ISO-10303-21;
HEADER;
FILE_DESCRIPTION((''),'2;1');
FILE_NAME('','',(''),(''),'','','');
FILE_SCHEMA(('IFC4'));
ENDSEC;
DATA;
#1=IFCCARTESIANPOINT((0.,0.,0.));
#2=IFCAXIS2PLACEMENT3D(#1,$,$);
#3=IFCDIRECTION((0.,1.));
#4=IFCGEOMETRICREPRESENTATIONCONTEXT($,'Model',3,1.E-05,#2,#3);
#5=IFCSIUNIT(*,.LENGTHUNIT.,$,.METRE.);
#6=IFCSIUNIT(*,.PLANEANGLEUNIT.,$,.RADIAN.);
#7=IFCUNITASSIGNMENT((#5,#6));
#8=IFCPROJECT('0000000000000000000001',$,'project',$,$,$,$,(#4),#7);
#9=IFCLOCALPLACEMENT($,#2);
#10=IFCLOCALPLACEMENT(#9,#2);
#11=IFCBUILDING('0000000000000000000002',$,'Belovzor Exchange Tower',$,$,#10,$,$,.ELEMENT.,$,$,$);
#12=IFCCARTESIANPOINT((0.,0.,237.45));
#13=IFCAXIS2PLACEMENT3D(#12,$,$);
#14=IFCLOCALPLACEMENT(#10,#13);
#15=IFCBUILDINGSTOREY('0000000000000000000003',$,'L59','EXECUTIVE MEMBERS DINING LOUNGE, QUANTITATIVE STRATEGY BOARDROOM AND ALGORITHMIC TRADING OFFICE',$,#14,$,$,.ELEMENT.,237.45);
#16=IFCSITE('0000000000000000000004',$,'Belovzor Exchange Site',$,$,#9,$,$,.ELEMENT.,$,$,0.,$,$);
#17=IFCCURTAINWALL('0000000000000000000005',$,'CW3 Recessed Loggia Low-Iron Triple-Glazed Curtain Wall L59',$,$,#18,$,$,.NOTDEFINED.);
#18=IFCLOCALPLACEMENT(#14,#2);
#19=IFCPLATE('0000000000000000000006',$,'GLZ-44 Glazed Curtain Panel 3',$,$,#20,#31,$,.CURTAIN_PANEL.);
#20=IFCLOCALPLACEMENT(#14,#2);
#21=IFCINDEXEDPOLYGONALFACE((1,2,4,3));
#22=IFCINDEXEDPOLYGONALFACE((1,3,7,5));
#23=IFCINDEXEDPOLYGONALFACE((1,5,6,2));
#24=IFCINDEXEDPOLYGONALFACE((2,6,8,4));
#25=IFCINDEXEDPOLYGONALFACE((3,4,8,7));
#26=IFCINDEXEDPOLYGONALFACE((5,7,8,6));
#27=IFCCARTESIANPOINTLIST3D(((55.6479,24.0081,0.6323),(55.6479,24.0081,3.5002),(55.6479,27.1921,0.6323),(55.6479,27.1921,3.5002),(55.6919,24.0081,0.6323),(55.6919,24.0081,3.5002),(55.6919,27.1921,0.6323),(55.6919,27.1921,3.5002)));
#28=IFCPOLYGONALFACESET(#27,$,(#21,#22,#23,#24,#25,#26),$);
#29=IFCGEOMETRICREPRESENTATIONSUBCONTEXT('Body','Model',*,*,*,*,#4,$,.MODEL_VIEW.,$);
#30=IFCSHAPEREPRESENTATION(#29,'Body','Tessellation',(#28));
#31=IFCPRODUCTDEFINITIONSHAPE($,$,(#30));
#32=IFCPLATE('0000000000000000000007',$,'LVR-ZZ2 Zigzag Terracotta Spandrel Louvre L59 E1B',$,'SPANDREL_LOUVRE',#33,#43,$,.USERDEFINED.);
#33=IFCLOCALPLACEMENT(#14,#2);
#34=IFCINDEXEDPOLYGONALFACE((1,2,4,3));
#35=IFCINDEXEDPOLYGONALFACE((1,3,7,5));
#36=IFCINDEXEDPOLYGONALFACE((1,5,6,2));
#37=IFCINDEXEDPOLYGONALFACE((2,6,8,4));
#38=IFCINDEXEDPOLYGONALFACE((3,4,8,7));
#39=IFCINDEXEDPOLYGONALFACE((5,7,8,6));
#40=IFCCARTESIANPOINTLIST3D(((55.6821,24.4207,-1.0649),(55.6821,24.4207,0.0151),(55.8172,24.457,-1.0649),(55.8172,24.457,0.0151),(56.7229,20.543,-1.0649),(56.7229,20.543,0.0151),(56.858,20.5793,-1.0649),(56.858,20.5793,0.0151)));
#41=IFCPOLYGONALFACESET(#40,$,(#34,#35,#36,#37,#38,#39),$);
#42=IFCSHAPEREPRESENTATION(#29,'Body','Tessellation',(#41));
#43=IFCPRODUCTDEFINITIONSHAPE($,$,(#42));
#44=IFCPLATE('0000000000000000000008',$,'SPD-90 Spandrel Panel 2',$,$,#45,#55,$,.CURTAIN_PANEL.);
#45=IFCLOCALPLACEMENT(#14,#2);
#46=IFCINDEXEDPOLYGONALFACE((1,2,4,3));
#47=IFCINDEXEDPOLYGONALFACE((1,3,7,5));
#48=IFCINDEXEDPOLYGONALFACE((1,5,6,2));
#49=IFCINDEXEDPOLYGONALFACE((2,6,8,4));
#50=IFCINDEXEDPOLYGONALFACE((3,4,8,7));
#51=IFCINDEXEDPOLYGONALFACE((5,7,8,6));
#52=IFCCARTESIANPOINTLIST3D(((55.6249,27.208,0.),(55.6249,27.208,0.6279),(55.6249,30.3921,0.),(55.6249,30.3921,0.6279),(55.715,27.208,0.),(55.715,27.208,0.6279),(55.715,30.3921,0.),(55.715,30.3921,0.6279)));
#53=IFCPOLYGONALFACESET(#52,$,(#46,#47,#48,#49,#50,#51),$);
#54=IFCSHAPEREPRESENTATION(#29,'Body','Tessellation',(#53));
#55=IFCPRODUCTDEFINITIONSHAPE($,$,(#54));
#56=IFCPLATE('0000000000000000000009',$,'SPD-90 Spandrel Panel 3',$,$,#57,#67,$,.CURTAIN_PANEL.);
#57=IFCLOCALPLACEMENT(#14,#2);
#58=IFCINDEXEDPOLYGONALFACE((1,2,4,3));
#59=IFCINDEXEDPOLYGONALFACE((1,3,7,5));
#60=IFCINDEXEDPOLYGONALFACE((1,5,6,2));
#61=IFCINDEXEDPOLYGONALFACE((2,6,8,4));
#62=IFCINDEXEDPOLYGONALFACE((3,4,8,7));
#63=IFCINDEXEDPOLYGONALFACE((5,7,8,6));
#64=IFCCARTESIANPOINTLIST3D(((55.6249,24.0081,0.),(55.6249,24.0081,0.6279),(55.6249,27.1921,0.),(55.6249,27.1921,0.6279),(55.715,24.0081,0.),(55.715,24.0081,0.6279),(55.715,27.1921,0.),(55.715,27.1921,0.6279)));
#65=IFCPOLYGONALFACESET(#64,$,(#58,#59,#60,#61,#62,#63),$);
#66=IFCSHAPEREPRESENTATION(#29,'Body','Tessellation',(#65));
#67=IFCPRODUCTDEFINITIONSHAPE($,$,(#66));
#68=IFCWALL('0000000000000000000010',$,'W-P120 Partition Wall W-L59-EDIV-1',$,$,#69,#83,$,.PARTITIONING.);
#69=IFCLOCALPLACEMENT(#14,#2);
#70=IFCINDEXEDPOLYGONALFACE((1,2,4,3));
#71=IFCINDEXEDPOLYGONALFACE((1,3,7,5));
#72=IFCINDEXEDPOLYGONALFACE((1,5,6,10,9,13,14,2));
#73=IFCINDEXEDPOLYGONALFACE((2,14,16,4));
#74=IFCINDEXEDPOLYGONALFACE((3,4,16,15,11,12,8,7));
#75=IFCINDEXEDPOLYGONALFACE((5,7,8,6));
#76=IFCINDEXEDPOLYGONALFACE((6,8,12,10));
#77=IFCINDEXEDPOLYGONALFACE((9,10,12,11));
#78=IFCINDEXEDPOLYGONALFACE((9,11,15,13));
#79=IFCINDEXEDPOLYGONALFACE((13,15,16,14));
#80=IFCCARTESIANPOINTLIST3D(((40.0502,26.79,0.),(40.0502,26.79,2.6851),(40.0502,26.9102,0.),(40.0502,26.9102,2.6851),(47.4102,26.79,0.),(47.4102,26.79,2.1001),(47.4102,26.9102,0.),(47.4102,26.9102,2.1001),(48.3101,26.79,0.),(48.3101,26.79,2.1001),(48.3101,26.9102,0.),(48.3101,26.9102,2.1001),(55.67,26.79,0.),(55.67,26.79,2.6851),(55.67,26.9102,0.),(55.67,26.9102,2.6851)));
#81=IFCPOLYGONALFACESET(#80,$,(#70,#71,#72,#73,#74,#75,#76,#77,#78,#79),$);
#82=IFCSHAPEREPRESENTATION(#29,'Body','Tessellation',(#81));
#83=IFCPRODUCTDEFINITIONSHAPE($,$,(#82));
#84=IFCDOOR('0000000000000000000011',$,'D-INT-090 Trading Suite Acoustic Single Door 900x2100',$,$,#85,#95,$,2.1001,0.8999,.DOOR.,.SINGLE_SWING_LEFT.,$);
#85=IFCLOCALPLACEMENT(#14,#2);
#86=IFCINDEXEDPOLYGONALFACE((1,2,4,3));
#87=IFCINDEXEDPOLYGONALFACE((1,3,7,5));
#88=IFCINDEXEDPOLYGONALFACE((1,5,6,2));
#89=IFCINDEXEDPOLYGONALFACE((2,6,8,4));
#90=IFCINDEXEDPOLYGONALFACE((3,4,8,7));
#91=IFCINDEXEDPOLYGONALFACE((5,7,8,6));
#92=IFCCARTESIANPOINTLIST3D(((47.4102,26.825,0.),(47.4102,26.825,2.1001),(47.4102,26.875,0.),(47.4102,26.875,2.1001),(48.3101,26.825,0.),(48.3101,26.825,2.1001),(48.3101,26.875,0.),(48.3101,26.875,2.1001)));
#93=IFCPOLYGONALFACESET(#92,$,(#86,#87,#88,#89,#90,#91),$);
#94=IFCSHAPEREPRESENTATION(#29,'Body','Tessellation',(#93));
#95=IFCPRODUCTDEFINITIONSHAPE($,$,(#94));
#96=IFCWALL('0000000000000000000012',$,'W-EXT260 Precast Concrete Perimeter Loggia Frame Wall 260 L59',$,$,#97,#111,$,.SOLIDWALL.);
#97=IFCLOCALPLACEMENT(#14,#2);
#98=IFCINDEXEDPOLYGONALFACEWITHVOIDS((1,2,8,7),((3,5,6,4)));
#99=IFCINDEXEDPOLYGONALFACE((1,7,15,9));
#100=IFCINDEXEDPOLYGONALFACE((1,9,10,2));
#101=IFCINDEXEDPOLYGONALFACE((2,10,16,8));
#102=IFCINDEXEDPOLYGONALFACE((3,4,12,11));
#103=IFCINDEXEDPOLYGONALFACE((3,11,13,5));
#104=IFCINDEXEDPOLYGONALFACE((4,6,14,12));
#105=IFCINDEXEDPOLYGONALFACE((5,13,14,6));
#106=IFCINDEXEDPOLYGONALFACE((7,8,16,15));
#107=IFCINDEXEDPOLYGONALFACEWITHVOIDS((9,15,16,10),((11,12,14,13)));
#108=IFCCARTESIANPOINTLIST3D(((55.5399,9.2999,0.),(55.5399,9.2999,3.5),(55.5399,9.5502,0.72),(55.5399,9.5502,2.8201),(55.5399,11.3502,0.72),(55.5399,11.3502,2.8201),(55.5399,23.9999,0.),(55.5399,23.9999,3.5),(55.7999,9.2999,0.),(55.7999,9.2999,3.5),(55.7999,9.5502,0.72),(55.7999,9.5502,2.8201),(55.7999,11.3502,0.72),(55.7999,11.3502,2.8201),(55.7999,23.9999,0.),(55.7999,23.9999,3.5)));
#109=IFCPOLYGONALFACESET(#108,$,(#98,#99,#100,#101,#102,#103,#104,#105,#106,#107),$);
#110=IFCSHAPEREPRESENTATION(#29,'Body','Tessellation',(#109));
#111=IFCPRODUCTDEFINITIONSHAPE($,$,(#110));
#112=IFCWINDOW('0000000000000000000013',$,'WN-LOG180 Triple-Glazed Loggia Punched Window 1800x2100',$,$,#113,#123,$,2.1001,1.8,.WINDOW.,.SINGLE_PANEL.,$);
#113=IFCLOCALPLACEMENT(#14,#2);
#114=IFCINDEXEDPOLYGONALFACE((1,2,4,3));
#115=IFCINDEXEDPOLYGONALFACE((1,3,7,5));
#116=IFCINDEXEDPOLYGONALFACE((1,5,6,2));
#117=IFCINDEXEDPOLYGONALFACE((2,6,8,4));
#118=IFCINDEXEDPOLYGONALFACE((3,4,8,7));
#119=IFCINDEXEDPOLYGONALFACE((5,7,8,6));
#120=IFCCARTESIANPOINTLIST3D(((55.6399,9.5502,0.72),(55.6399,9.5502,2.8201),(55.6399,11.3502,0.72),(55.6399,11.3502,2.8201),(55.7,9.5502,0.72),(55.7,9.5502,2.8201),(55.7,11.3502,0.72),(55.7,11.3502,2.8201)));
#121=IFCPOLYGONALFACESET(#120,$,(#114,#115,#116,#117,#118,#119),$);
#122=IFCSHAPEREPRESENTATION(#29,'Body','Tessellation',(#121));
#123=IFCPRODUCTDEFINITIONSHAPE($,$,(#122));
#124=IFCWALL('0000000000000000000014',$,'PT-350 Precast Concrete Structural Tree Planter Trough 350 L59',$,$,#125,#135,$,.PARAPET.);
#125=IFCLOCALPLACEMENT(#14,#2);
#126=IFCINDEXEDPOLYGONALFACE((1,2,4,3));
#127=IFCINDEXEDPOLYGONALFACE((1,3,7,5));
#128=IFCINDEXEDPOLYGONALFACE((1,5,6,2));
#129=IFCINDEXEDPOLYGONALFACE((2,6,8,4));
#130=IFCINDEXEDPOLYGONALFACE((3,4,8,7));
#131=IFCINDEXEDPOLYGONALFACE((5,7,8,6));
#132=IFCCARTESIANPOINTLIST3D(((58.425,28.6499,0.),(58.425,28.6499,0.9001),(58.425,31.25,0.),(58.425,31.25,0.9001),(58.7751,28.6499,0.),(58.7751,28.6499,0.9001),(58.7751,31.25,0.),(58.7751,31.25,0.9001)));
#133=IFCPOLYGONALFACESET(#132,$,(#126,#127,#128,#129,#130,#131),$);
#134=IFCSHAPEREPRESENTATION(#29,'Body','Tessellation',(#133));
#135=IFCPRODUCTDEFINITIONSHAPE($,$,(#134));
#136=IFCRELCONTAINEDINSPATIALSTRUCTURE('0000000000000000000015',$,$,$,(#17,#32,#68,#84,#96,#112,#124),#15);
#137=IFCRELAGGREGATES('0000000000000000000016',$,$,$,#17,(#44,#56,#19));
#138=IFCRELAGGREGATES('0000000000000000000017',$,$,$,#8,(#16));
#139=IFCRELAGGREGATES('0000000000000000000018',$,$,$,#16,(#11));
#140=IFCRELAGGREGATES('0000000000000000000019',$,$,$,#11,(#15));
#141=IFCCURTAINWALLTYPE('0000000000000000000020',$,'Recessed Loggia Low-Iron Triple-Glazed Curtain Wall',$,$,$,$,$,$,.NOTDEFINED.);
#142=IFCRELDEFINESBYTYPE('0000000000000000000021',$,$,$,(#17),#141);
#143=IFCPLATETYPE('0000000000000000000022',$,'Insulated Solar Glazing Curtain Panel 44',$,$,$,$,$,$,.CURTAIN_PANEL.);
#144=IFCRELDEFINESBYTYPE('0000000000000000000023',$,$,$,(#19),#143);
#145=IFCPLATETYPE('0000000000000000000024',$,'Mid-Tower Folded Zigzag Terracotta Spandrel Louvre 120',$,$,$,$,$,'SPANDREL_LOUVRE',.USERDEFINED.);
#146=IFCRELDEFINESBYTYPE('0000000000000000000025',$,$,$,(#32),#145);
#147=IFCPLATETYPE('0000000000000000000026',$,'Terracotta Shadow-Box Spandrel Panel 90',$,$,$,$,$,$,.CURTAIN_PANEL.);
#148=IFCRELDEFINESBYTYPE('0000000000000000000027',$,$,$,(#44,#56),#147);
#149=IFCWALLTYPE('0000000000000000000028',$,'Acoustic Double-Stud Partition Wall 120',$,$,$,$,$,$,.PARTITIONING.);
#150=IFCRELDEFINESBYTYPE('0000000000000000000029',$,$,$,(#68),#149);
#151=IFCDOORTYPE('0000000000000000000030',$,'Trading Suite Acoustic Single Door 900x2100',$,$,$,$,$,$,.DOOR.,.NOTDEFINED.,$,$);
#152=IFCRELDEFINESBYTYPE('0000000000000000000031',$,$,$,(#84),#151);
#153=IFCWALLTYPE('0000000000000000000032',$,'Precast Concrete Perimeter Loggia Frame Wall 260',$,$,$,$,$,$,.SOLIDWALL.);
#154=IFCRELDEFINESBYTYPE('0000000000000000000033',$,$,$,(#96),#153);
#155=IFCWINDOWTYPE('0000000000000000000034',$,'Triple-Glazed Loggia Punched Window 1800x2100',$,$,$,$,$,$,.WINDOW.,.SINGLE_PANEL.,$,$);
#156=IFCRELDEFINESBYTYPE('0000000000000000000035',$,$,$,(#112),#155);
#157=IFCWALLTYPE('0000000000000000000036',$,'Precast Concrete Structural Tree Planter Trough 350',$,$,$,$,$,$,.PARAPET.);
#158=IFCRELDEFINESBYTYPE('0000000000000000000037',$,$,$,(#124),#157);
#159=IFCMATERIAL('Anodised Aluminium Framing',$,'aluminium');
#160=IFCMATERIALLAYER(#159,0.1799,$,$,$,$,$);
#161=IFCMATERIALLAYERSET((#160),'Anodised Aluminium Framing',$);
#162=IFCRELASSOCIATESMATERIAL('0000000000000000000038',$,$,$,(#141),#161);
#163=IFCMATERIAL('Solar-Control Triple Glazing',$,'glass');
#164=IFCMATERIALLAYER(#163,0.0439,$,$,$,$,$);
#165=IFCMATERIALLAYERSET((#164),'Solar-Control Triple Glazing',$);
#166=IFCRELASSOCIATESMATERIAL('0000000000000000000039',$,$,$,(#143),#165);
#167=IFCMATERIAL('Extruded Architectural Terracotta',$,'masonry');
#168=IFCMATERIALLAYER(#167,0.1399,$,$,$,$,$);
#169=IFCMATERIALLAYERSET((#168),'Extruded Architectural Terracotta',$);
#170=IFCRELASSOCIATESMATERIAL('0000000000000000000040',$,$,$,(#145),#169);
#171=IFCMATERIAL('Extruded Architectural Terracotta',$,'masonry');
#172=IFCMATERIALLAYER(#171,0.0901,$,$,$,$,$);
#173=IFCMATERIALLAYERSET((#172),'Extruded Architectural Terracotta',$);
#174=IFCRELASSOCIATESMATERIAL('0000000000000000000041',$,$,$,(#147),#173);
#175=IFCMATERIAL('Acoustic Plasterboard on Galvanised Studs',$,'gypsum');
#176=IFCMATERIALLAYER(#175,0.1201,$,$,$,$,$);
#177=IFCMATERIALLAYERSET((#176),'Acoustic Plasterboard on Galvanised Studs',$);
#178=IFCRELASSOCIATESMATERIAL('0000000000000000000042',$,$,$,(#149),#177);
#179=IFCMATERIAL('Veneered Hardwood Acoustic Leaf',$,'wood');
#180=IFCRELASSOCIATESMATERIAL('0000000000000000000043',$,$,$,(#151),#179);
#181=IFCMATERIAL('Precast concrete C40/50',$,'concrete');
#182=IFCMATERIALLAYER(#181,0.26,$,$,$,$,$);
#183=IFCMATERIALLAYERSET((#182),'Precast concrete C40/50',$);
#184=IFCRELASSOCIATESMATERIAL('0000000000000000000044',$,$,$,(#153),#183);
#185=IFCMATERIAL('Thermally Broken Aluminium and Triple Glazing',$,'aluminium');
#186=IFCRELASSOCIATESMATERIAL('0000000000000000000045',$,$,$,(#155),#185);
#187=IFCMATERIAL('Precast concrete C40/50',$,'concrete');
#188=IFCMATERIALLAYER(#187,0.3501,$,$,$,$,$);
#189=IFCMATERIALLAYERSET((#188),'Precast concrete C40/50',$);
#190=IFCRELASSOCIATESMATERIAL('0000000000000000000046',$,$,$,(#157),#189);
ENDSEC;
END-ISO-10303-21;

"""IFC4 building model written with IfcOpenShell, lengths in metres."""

from ifc_helpers import new_model, si_unit, direction, frame, frame_2d, origin, origin_2d, place, context, subcontext, project, spatial, rectangle, extrude, material, layer, layer_set, type_object, element, fill, aggregate, save


model = new_model("IFC4")

# Units and contexts
model_context = context("Model", 3, precision=1e-05, world=origin(), true_north=direction((0.0, 1.0)))
body_context = subcontext(model_context, "Body", "Model", "MODEL_VIEW")
ifc_project = project(units=[si_unit("LENGTHUNIT", "METRE"), si_unit("PLANEANGLEUNIT", "RADIAN")], contexts=[model_context])

# Site, building, storey
site_placement = place(None, origin())
site = spatial("IfcSite", under=ifc_project, at=site_placement, Name="Belovzor Exchange Site", CompositionType="ELEMENT", RefElevation=0.0)
building_placement = place(site_placement, origin())
building = spatial("IfcBuilding", under=site, at=building_placement, Name="Belovzor Exchange Tower", CompositionType="ELEMENT")
storey_placement = place(building_placement, frame((0.0, 0.0, 237.45)))
storey = spatial("IfcBuildingStorey", under=building, at=storey_placement, Name="L59", Description="EXECUTIVE MEMBERS DINING LOUNGE, QUANTITATIVE STRATEGY BOARDROOM AND ALGORITHMIC TRADING OFFICE", CompositionType="ELEMENT", Elevation=237.45)

# Curtain wall
ifc_material_1 = material(Name="Anodised Aluminium Framing", Category="aluminium")
ifc_layer_1 = layer(ifc_material_1, 0.1799)
ifc_layer_set_1 = layer_set([ifc_layer_1], Name="Anodised Aluminium Framing")
curtain_wall_type = type_object("IfcCurtainWallType", Name="Recessed Loggia Low-Iron Triple-Glazed Curtain Wall", PredefinedType="NOTDEFINED", material=ifc_layer_set_1)
curtain_wall_placement = place(storey_placement, origin())
curtain_wall = element("IfcCurtainWall", 1, at=curtain_wall_placement, inside=storey, type_object=curtain_wall_type, Name="CW3 Recessed Loggia Low-Iron Triple-Glazed Curtain Wall L59", PredefinedType="NOTDEFINED")

# Plates
ifc_material_2 = material(Name="Solar-Control Triple Glazing", Category="glass")
ifc_layer_2 = layer(ifc_material_2, 0.0439)
ifc_layer_set_2 = layer_set([ifc_layer_2], Name="Solar-Control Triple Glazing")
plate_type_1 = type_object("IfcPlateType", Name="Insulated Solar Glazing Curtain Panel 44", PredefinedType="CURTAIN_PANEL", material=ifc_layer_set_2)
plate_1_placement = place(storey_placement, frame((55.6699, 25.6001, 0.6323), z_axis=(0.0, 0.0, 1.0), x_axis=(0.0, -1.0, 0.0)))
plate_1 = element("IfcPlate", 2, at=plate_1_placement, type_object=plate_type_1, Name="GLZ-44 Glazed Curtain Panel 3", PredefinedType="CURTAIN_PANEL", context=body_context, shape_type="SweptSolid", body=[
    extrude(rectangle(XDim=3.1841, YDim=0.0439, at=origin_2d()), origin(), (0.0, 0.0, 1.0), 2.8679),
])
ifc_material_3 = material(Name="Extruded Architectural Terracotta", Category="masonry")
ifc_layer_3 = layer(ifc_material_3, 0.1399)
ifc_layer_set_3 = layer_set([ifc_layer_3], Name="Extruded Architectural Terracotta")
plate_type_2 = type_object("IfcPlateType", Name="Mid-Tower Folded Zigzag Terracotta Spandrel Louvre 120", ElementType="SPANDREL_LOUVRE", PredefinedType="USERDEFINED", material=ifc_layer_set_3)
plate_2_placement = place(storey_placement, frame((56.27, 22.5, -1.0649), z_axis=(0.0, 0.0, 1.0), x_axis=(-0.25924, 0.965813, 0.0)))
element("IfcPlate", 3, at=plate_2_placement, inside=storey, type_object=plate_type_2, Name="LVR-ZZ2 Zigzag Terracotta Spandrel Louvre L59 E1B", ObjectType="SPANDREL_LOUVRE", PredefinedType="USERDEFINED", context=body_context, shape_type="SweptSolid", body=[
    extrude(rectangle(XDim=4.0149, YDim=0.1399, at=origin_2d()), origin(), (0.0, 0.0, 1.0), 1.0801),
])
ifc_material_4 = material(Name="Extruded Architectural Terracotta", Category="masonry")
ifc_layer_4 = layer(ifc_material_4, 0.0901)
ifc_layer_set_4 = layer_set([ifc_layer_4], Name="Extruded Architectural Terracotta")
plate_type_3 = type_object("IfcPlateType", Name="Terracotta Shadow-Box Spandrel Panel 90", PredefinedType="CURTAIN_PANEL", material=ifc_layer_set_4)
plate_3_placement = place(storey_placement, frame((55.6699, 28.8, 0.0), z_axis=(0.0, 0.0, 1.0), x_axis=(0.0, -1.0, 0.0)))
plate_3 = element("IfcPlate", 4, at=plate_3_placement, type_object=plate_type_3, Name="SPD-90 Spandrel Panel 2", PredefinedType="CURTAIN_PANEL", context=body_context, shape_type="SweptSolid", body=[
    extrude(rectangle(XDim=3.1841, YDim=0.0901, at=origin_2d()), origin(), (0.0, 0.0, 1.0), 0.6279),
])
plate_4_placement = place(storey_placement, frame((55.6699, 25.6001, 0.0), z_axis=(0.0, 0.0, 1.0), x_axis=(0.0, -1.0, 0.0)))
plate_4 = element("IfcPlate", 5, at=plate_4_placement, type_object=plate_type_3, Name="SPD-90 Spandrel Panel 3", PredefinedType="CURTAIN_PANEL", context=body_context, shape_type="SweptSolid", body=[
    extrude(rectangle(XDim=3.1841, YDim=0.0901, at=origin_2d()), origin(), (0.0, 0.0, 1.0), 0.6279),
])
aggregate(curtain_wall, [plate_3, plate_4, plate_1])

# Wall, opening, door
ifc_material_5 = material(Name="Acoustic Plasterboard on Galvanised Studs", Category="gypsum")
ifc_layer_5 = layer(ifc_material_5, 0.1201)
ifc_layer_set_5 = layer_set([ifc_layer_5], Name="Acoustic Plasterboard on Galvanised Studs")
wall_type_1 = type_object("IfcWallType", Name="Acoustic Double-Stud Partition Wall 120", PredefinedType="PARTITIONING", material=ifc_layer_set_5)
wall_1_placement = place(storey_placement, frame((40.05, 26.8501, 0.0), z_axis=(0.0, 0.0, 1.0), x_axis=(1.0, 0.0, 0.0)))
wall_1 = element("IfcWall", 6, at=wall_1_placement, inside=storey, type_object=wall_type_1, Name="W-P120 Partition Wall W-L59-EDIV-1", PredefinedType="PARTITIONING", context=body_context, shape_type="SweptSolid", body=[
    extrude(rectangle(XDim=15.6199, YDim=0.1201, at=frame_2d((7.8101, 0.0))), origin(), (0.0, 0.0, 1.0), 2.6851),
])
opening_1_placement = place(wall_1_placement, frame((7.3601, 0.0, 0.0)))
opening_1 = element("IfcOpeningElement", 7, at=opening_1_placement, cuts=wall_1, PredefinedType="OPENING", context=body_context, shape_type="SweptSolid", body=[
    extrude(rectangle(XDim=0.8999, YDim=2.1001, at=frame_2d((0.45, 1.05))), frame((0.0, 0.0701, 0.0), z_axis=(0.0, -1.0, 0.0), x_axis=(1.0, 0.0, 0.0)), (0.0, 0.0, 1.0), 0.1401),
])
ifc_material_6 = material(Name="Veneered Hardwood Acoustic Leaf", Category="wood")
door_type = type_object("IfcDoorType", Name="Trading Suite Acoustic Single Door 900x2100", OperationType="NOTDEFINED", PredefinedType="DOOR", material=ifc_material_6)
door_placement = place(opening_1_placement, origin())
door = element("IfcDoor", 8, at=door_placement, inside=storey, type_object=door_type, Name="D-INT-090 Trading Suite Acoustic Single Door 900x2100", OperationType="SINGLE_SWING_LEFT", OverallHeight=2.1001, OverallWidth=0.8999, PredefinedType="DOOR", context=body_context, shape_type="SweptSolid", body=[
    extrude(rectangle(XDim=0.8999, YDim=2.1001, at=frame_2d((0.45, 1.05))), frame((0.0, 0.0249, 0.0), z_axis=(0.0, -1.0, 0.0), x_axis=(1.0, 0.0, 0.0)), (0.0, 0.0, 1.0), 0.05),
])
fill(opening_1, door)

# Wall, opening, window
ifc_material_7 = material(Name="Precast concrete C40/50", Category="concrete")
ifc_layer_6 = layer(ifc_material_7, 0.26)
ifc_layer_set_6 = layer_set([ifc_layer_6], Name="Precast concrete C40/50")
wall_type_2 = type_object("IfcWallType", Name="Precast Concrete Perimeter Loggia Frame Wall 260", PredefinedType="SOLIDWALL", material=ifc_layer_set_6)
wall_2_placement = place(storey_placement, frame((55.6699, 24.0, 0.0), z_axis=(0.0, 0.0, 1.0), x_axis=(0.0, -1.0, 0.0)))
wall_2 = element("IfcWall", 9, at=wall_2_placement, inside=storey, type_object=wall_type_2, Name="W-EXT260 Precast Concrete Perimeter Loggia Frame Wall 260 L59", PredefinedType="SOLIDWALL", context=body_context, shape_type="SweptSolid", body=[
    extrude(rectangle(XDim=14.7, YDim=0.26, at=frame_2d((7.3501, 0.0))), origin(), (0.0, 0.0, 1.0), 3.5),
])
opening_2_placement = place(wall_2_placement, frame((12.6499, 0.0, 0.72)))
opening_2 = element("IfcOpeningElement", 10, at=opening_2_placement, cuts=wall_2, PredefinedType="OPENING", context=body_context, shape_type="SweptSolid", body=[
    extrude(rectangle(XDim=1.8, YDim=2.1001, at=frame_2d((0.8999, 1.05))), frame((0.0, 0.1399, 0.0), z_axis=(0.0, -1.0, 0.0), x_axis=(1.0, 0.0, 0.0)), (0.0, 0.0, 1.0), 0.28),
])
ifc_material_8 = material(Name="Thermally Broken Aluminium and Triple Glazing", Category="aluminium")
window_type = type_object("IfcWindowType", Name="Triple-Glazed Loggia Punched Window 1800x2100", PartitioningType="SINGLE_PANEL", PredefinedType="WINDOW", material=ifc_material_8)
window_placement = place(opening_2_placement, origin())
window = element("IfcWindow", 11, at=window_placement, inside=storey, type_object=window_type, Name="WN-LOG180 Triple-Glazed Loggia Punched Window 1800x2100", OverallHeight=2.1001, OverallWidth=1.8, PartitioningType="SINGLE_PANEL", PredefinedType="WINDOW", context=body_context, shape_type="SweptSolid", body=[
    extrude(rectangle(XDim=1.8, YDim=2.1001, at=frame_2d((0.8999, 1.05))), frame((0.0, 0.03, 0.0), z_axis=(0.0, -1.0, 0.0), x_axis=(1.0, 0.0, 0.0)), (0.0, 0.0, 1.0), 0.0601),
])
fill(opening_2, window)

# Wall
ifc_material_9 = material(Name="Precast concrete C40/50", Category="concrete")
ifc_layer_7 = layer(ifc_material_9, 0.3501)
ifc_layer_set_7 = layer_set([ifc_layer_7], Name="Precast concrete C40/50")
wall_type_3 = type_object("IfcWallType", Name="Precast Concrete Structural Tree Planter Trough 350", PredefinedType="PARAPET", material=ifc_layer_set_7)
wall_3_placement = place(storey_placement, frame((58.6001, 28.6499, 0.0), z_axis=(0.0, 0.0, 1.0), x_axis=(0.0, 1.0, 0.0)))
element("IfcWall", 12, at=wall_3_placement, inside=storey, type_object=wall_type_3, Name="PT-350 Precast Concrete Structural Tree Planter Trough 350 L59", PredefinedType="PARAPET", context=body_context, shape_type="SweptSolid", body=[
    extrude(rectangle(XDim=2.6001, YDim=0.3501, at=frame_2d((1.3, 0.0))), origin(), (0.0, 0.0, 1.0), 0.9001),
])

save(model, "model.ifc")
